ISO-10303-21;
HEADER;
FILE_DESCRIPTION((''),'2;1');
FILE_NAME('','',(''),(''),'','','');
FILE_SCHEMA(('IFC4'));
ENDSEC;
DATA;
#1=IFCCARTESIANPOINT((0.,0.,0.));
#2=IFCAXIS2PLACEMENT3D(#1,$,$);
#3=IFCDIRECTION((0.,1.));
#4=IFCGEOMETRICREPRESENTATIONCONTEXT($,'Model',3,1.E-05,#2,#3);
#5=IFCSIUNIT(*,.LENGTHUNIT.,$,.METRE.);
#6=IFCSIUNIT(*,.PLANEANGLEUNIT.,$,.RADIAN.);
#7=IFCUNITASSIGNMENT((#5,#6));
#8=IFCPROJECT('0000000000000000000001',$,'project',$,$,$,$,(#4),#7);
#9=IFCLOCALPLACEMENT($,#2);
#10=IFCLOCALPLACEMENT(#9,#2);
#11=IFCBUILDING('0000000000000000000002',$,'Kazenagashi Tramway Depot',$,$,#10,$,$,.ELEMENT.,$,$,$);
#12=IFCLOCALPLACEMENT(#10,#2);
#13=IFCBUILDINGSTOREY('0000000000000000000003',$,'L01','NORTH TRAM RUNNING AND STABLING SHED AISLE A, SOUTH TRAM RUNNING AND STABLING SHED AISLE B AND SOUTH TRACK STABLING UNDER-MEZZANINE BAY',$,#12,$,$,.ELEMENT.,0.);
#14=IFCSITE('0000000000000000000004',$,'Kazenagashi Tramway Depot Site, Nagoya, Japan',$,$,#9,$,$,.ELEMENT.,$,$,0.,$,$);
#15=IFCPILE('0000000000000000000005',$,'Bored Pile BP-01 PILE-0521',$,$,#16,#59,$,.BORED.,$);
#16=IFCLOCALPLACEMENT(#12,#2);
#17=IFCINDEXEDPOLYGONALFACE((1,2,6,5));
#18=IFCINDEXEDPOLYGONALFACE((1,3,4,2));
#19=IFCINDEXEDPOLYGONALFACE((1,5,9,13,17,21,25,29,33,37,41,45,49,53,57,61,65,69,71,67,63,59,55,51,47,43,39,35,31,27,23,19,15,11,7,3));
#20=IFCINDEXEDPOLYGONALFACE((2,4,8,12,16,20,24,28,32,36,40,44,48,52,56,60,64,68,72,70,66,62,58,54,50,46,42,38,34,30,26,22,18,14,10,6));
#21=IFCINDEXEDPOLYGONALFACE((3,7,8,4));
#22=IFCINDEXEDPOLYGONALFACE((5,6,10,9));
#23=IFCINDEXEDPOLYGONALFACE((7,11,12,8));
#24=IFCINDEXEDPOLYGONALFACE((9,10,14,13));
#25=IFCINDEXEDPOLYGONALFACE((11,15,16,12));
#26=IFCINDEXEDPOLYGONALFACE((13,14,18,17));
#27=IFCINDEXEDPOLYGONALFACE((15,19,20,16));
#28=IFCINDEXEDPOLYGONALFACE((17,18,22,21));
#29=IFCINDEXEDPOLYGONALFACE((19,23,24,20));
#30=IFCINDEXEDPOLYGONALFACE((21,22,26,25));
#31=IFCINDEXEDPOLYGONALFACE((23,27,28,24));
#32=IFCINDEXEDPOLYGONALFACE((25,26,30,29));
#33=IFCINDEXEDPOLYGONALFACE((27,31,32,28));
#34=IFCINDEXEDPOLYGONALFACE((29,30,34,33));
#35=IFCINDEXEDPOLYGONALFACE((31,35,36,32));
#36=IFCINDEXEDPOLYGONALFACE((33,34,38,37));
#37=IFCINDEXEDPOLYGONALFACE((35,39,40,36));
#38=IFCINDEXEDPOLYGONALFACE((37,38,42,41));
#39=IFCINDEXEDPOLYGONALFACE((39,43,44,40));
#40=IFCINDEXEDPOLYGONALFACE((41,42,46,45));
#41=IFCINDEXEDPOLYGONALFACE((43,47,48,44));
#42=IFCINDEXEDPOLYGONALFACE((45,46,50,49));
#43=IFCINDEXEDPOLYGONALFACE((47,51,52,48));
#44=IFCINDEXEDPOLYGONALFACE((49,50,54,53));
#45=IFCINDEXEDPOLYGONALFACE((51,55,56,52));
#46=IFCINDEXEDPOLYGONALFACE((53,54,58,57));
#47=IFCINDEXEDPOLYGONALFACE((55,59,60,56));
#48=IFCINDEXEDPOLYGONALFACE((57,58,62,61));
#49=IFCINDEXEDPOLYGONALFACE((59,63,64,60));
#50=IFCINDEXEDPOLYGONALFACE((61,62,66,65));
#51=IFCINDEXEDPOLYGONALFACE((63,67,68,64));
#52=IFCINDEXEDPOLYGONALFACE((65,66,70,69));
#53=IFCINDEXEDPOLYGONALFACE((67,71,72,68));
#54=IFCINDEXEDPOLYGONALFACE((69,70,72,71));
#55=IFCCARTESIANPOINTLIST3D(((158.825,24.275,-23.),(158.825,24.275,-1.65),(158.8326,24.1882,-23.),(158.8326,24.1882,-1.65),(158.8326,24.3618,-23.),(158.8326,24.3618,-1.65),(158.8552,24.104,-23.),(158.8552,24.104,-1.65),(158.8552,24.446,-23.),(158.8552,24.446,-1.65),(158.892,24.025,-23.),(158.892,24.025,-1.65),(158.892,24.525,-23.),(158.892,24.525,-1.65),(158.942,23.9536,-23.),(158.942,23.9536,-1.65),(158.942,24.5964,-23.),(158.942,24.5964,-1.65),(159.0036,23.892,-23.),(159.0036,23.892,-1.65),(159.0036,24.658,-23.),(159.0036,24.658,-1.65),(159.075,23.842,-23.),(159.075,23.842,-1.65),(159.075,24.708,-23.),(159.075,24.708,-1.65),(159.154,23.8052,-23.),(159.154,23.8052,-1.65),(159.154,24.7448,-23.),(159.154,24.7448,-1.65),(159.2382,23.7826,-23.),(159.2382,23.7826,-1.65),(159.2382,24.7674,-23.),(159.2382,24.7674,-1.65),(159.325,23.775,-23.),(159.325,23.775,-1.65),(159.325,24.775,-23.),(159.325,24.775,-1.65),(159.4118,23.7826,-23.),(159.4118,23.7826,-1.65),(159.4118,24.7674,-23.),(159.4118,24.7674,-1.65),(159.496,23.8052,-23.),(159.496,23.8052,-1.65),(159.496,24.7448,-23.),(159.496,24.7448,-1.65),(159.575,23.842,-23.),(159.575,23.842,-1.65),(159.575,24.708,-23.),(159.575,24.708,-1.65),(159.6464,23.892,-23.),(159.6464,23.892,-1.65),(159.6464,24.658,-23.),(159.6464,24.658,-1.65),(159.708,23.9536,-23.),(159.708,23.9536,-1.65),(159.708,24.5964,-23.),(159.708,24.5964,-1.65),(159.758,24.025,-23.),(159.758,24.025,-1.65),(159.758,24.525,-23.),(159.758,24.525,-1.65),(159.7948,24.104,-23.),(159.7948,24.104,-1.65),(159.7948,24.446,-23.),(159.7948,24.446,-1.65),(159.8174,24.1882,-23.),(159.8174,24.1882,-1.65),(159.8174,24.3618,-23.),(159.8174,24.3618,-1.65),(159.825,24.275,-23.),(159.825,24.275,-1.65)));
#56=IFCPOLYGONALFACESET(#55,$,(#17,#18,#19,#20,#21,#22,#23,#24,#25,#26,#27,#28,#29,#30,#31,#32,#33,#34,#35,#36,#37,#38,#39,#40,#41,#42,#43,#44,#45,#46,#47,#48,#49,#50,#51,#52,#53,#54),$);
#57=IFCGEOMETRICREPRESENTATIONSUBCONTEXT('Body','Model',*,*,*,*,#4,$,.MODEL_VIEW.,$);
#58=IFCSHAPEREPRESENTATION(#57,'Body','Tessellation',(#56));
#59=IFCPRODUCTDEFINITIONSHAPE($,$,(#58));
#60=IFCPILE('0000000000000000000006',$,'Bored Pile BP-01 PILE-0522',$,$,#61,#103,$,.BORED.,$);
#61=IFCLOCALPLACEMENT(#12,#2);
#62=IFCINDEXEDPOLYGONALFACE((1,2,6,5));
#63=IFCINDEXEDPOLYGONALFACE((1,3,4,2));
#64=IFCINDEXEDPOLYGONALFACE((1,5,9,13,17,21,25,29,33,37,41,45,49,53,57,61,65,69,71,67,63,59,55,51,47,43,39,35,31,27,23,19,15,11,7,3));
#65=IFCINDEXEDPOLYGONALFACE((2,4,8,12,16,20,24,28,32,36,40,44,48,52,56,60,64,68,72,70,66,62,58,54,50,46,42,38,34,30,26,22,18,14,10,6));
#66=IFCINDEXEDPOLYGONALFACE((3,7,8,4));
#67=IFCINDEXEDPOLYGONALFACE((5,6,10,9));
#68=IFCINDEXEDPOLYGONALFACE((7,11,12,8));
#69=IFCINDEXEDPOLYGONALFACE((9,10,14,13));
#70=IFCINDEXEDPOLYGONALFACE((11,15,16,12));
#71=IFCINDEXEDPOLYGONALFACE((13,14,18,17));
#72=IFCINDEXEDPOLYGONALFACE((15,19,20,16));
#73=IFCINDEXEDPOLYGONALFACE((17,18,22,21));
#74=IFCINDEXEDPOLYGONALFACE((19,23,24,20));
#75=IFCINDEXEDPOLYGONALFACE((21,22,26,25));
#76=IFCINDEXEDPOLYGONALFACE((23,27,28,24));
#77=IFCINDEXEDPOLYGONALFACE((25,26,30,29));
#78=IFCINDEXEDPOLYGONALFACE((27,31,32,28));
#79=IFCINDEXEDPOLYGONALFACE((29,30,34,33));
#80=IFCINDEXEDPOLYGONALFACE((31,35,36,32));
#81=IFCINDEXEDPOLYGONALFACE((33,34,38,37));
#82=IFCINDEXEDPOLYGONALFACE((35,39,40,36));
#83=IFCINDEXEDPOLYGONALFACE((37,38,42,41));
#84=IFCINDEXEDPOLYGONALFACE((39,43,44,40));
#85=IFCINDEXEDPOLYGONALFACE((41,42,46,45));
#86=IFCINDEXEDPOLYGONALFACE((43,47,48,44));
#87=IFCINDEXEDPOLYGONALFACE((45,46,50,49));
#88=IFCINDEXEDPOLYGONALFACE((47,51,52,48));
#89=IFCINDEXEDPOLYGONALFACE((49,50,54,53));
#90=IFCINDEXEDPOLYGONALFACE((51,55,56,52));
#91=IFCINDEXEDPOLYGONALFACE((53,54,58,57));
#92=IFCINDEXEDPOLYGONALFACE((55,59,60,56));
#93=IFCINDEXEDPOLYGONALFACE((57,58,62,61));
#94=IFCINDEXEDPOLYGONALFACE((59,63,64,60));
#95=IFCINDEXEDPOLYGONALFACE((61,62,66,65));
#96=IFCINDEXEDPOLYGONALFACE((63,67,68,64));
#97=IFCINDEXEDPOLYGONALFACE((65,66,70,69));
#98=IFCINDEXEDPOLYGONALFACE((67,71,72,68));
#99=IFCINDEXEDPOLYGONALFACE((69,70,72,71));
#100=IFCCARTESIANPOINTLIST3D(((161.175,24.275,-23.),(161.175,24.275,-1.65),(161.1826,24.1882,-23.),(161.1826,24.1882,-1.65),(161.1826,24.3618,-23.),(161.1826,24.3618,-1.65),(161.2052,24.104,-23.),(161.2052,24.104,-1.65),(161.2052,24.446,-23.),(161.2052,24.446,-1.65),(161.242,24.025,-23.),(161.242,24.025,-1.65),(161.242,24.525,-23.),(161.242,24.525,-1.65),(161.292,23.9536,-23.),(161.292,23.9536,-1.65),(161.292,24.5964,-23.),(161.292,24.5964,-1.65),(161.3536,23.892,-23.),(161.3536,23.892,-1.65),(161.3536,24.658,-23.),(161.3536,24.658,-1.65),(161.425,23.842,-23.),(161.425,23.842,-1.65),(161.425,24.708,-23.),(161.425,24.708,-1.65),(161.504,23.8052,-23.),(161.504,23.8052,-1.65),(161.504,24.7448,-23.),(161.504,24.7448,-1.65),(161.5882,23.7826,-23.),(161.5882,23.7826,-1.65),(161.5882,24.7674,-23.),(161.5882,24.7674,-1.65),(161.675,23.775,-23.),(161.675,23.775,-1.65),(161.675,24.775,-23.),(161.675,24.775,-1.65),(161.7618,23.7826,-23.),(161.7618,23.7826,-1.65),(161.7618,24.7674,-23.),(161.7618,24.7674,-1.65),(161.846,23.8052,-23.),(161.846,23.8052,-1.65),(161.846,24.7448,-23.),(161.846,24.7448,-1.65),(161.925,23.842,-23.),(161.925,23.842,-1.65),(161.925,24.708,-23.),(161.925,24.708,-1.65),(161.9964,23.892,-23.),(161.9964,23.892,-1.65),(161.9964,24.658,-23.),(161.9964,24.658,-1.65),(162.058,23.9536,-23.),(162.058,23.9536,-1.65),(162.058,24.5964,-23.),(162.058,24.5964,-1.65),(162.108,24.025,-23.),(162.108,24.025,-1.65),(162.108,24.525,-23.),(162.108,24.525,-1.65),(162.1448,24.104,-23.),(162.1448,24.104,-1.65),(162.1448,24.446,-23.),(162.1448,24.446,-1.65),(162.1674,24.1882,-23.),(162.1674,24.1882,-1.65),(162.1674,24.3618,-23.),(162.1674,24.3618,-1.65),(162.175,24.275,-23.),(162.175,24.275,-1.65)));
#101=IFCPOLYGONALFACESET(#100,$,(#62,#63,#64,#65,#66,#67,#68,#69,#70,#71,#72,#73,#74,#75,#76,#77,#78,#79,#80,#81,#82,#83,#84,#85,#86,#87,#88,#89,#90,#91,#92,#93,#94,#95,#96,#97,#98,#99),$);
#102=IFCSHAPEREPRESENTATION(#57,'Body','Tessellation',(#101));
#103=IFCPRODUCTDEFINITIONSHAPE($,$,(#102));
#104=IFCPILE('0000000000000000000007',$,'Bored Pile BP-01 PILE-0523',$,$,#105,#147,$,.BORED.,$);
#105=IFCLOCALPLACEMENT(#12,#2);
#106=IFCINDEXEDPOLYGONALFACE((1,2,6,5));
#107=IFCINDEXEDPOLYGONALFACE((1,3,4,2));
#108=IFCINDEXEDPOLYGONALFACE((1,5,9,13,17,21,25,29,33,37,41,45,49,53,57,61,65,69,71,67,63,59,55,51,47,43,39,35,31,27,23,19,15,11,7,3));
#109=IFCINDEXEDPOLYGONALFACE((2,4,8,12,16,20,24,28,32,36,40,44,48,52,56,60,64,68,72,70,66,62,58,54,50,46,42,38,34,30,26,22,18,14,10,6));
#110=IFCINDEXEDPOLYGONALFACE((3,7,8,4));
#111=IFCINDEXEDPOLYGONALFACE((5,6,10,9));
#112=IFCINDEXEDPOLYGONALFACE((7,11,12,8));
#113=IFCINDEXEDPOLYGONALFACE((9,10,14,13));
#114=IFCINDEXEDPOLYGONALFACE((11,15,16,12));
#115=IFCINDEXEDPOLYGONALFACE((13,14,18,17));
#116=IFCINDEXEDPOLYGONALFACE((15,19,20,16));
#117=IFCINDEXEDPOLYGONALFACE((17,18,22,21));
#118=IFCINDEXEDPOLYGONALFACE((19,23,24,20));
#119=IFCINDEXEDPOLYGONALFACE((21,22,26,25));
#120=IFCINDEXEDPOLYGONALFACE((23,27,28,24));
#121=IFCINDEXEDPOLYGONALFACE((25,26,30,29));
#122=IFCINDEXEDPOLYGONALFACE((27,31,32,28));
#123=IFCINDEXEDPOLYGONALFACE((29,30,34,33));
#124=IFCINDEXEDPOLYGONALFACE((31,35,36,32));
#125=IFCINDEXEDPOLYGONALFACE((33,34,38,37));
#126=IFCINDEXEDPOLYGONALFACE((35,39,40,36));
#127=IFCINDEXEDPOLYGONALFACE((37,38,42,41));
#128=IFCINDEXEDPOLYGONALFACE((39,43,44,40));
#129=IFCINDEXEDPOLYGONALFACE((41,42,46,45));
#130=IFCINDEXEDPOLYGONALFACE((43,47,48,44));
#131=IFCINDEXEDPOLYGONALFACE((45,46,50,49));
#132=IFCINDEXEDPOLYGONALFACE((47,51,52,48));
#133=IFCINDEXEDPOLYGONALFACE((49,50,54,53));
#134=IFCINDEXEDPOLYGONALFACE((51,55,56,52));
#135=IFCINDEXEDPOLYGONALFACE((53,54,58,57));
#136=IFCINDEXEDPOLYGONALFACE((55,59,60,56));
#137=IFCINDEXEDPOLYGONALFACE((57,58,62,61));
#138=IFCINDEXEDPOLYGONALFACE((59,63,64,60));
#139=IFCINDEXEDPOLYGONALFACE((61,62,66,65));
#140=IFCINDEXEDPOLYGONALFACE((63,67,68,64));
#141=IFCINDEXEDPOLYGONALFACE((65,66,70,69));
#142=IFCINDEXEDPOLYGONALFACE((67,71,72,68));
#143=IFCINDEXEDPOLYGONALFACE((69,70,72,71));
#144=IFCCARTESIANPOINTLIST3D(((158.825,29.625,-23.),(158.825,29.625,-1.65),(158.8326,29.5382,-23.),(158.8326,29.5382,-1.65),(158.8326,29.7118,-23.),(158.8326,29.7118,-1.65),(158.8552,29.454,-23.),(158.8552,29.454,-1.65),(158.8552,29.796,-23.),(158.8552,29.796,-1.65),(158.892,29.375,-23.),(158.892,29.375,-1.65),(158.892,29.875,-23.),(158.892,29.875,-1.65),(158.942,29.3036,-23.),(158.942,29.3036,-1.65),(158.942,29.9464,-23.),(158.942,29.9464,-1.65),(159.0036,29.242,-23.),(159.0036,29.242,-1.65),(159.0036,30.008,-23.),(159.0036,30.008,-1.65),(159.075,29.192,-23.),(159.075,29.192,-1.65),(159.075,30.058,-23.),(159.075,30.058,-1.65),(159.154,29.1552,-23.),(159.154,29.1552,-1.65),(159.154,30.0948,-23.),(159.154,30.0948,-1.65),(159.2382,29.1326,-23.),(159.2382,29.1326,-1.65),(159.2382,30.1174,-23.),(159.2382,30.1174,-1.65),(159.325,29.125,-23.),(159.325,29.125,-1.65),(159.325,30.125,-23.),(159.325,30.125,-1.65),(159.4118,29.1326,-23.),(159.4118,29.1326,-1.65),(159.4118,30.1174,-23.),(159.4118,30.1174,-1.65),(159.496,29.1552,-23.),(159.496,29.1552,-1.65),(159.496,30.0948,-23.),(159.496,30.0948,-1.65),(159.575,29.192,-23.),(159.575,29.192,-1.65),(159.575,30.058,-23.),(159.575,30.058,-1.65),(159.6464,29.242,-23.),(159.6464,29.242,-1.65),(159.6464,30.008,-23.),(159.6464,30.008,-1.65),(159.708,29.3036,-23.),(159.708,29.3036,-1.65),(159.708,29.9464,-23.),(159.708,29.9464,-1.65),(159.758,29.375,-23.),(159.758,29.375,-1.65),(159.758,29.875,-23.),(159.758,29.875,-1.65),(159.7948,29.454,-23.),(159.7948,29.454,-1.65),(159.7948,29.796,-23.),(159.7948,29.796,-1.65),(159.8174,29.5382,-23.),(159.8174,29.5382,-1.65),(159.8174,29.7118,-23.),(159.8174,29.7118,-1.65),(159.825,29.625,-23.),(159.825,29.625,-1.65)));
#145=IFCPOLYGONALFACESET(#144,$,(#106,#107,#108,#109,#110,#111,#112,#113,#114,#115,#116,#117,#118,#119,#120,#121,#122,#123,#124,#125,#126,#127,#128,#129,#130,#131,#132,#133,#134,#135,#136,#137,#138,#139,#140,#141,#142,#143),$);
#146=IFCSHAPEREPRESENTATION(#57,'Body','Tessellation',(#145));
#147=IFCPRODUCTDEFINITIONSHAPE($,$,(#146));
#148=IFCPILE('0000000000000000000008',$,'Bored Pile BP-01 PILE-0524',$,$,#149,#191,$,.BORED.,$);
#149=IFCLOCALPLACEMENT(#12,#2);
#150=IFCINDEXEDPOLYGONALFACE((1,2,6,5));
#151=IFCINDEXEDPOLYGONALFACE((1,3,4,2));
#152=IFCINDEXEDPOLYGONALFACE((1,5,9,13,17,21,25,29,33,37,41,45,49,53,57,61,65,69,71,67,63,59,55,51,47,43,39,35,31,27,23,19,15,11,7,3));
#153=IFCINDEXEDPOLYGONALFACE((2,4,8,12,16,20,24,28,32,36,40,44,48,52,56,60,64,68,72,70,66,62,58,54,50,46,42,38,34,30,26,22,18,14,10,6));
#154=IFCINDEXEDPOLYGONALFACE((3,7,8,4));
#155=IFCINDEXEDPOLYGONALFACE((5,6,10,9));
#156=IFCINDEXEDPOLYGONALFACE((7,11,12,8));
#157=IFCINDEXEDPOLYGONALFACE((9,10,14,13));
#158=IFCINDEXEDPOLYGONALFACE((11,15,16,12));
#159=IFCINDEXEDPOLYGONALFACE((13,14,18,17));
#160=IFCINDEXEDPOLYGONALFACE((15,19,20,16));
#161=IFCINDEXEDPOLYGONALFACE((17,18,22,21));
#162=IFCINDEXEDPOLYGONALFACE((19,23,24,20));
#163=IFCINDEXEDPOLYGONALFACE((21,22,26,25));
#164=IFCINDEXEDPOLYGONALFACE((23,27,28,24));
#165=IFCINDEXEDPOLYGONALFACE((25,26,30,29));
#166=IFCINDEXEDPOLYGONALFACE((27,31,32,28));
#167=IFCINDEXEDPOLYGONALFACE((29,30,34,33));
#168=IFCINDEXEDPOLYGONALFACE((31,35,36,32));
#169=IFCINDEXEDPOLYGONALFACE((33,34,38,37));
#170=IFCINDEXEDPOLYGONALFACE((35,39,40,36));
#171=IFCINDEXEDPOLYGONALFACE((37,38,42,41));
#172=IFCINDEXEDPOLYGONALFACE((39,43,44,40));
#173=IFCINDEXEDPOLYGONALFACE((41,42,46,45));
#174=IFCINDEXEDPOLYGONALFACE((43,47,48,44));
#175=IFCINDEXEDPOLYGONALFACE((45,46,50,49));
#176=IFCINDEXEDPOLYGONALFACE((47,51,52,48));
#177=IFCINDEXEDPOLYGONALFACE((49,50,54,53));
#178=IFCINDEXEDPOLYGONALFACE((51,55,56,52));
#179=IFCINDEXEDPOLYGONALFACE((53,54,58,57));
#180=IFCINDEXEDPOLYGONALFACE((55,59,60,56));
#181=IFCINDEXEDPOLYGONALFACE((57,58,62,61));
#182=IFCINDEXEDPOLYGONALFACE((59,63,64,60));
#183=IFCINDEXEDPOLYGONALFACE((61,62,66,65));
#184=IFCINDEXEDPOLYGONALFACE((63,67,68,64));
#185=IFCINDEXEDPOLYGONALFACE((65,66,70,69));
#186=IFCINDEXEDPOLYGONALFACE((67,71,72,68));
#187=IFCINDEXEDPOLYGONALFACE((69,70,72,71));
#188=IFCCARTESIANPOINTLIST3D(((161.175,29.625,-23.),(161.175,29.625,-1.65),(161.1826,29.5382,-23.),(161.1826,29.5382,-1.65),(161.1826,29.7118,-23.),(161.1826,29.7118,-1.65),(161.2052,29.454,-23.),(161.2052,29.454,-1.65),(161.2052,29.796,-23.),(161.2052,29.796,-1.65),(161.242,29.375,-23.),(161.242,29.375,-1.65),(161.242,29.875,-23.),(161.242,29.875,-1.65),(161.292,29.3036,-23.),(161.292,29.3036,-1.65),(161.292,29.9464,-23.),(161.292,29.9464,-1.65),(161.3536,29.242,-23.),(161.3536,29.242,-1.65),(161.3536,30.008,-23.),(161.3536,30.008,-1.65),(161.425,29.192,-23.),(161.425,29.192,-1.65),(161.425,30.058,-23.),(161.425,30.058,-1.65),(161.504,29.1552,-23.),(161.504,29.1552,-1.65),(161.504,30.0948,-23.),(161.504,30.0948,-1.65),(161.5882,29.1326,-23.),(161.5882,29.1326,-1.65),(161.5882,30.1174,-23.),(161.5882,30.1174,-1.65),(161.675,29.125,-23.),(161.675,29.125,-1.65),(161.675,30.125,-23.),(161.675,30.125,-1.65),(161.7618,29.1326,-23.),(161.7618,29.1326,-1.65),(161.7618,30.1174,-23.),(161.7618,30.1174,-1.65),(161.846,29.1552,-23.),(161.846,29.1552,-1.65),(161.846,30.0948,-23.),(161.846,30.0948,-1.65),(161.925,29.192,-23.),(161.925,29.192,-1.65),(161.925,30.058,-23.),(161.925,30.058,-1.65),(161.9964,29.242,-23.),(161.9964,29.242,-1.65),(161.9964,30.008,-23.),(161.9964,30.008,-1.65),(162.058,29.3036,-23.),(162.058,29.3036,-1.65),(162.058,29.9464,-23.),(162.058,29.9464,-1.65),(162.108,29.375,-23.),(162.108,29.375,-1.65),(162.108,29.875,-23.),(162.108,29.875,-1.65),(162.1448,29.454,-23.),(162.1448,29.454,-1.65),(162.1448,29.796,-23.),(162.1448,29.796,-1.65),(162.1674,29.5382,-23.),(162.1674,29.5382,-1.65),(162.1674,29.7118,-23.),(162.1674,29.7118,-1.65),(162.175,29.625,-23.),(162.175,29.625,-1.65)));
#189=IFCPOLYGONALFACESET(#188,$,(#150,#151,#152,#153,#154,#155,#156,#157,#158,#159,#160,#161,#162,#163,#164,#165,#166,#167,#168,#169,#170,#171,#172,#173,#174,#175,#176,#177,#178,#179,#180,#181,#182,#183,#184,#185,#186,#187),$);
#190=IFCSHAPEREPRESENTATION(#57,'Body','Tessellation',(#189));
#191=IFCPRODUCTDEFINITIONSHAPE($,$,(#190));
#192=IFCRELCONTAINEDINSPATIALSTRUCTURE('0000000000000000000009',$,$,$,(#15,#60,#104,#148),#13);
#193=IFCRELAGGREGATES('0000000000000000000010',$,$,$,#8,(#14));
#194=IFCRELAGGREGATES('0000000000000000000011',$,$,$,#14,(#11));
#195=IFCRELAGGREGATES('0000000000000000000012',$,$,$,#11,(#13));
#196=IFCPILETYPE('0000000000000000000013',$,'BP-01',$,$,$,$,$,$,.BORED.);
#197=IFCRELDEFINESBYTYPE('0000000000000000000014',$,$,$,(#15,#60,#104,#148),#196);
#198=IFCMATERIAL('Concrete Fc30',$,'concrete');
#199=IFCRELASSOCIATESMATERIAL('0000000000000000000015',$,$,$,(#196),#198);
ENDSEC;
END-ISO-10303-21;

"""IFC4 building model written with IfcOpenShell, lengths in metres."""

from ifc_helpers import new_model, si_unit, direction, frame, origin, origin_2d, place, context, subcontext, project, spatial, circle, extrude, material, material_profile, profile_set, type_object, element, save


model = new_model("IFC4")

# Units and contexts
model_context = context("Model", 3, precision=1e-05, world=origin(), true_north=direction((0.0, 1.0)))
body_context = subcontext(model_context, "Body", "Model", "MODEL_VIEW")
ifc_project = project(units=[si_unit("LENGTHUNIT", "METRE"), si_unit("PLANEANGLEUNIT", "RADIAN")], contexts=[model_context])

# Site, building, storey
site_placement = place(None, origin())
site = spatial("IfcSite", under=ifc_project, at=site_placement, Name="Kazenagashi Tramway Depot Site, Nagoya, Japan", CompositionType="ELEMENT", RefElevation=0.0)
building_placement = place(site_placement, origin())
building = spatial("IfcBuilding", under=site, at=building_placement, Name="Kazenagashi Tramway Depot", CompositionType="ELEMENT")
storey_placement = place(building_placement, origin())
storey = spatial("IfcBuildingStorey", under=building, at=storey_placement, Name="L01", Description="NORTH TRAM RUNNING AND STABLING SHED AISLE A, SOUTH TRAM RUNNING AND STABLING SHED AISLE B AND SOUTH TRACK STABLING UNDER-MEZZANINE BAY", CompositionType="ELEMENT", Elevation=0.0)

# Piles
ifc_material_1 = material(Name="Concrete Fc30", Category="concrete")
ifc_material_profile_1 = material_profile(ifc_material_1, circle(Radius=0.5, at=origin_2d()), Name="PILE-1000")
ifc_profile_set_1 = profile_set([ifc_material_profile_1], Name="Concrete Fc30")
pile_type = type_object("IfcPileType", Name="BP-01", PredefinedType="BORED", material=ifc_profile_set_1)
for number, where, z_axis, x_axis, name in (
    (1, (159.325, 24.275, -1.65), (0.0, 0.0, -1.0), (1.0, 0.0, 0.0), "Bored Pile BP-01 PILE-0521"),
    (2, (161.675, 24.275, -1.65), (0.0, 0.0, -1.0), (1.0, 0.0, 0.0), "Bored Pile BP-01 PILE-0522"),
    (3, (159.325, 29.625, -1.65), (0.0, 0.0, -1.0), (1.0, 0.0, 0.0), "Bored Pile BP-01 PILE-0523"),
    (4, (161.675, 29.625, -1.65), (0.0, 0.0, -1.0), (1.0, 0.0, 0.0), "Bored Pile BP-01 PILE-0524"),
):
    element("IfcPile", number, at=place(storey_placement, frame(where, z_axis=z_axis, x_axis=x_axis)), inside=storey, type_object=pile_type, Name=name, PredefinedType="BORED", context=body_context, shape_type="SweptSolid", body=[
        extrude(circle(Radius=0.5, at=origin_2d()), origin(), (0.0, 0.0, 1.0), 21.35),
    ])

save(model, "model.ifc")
